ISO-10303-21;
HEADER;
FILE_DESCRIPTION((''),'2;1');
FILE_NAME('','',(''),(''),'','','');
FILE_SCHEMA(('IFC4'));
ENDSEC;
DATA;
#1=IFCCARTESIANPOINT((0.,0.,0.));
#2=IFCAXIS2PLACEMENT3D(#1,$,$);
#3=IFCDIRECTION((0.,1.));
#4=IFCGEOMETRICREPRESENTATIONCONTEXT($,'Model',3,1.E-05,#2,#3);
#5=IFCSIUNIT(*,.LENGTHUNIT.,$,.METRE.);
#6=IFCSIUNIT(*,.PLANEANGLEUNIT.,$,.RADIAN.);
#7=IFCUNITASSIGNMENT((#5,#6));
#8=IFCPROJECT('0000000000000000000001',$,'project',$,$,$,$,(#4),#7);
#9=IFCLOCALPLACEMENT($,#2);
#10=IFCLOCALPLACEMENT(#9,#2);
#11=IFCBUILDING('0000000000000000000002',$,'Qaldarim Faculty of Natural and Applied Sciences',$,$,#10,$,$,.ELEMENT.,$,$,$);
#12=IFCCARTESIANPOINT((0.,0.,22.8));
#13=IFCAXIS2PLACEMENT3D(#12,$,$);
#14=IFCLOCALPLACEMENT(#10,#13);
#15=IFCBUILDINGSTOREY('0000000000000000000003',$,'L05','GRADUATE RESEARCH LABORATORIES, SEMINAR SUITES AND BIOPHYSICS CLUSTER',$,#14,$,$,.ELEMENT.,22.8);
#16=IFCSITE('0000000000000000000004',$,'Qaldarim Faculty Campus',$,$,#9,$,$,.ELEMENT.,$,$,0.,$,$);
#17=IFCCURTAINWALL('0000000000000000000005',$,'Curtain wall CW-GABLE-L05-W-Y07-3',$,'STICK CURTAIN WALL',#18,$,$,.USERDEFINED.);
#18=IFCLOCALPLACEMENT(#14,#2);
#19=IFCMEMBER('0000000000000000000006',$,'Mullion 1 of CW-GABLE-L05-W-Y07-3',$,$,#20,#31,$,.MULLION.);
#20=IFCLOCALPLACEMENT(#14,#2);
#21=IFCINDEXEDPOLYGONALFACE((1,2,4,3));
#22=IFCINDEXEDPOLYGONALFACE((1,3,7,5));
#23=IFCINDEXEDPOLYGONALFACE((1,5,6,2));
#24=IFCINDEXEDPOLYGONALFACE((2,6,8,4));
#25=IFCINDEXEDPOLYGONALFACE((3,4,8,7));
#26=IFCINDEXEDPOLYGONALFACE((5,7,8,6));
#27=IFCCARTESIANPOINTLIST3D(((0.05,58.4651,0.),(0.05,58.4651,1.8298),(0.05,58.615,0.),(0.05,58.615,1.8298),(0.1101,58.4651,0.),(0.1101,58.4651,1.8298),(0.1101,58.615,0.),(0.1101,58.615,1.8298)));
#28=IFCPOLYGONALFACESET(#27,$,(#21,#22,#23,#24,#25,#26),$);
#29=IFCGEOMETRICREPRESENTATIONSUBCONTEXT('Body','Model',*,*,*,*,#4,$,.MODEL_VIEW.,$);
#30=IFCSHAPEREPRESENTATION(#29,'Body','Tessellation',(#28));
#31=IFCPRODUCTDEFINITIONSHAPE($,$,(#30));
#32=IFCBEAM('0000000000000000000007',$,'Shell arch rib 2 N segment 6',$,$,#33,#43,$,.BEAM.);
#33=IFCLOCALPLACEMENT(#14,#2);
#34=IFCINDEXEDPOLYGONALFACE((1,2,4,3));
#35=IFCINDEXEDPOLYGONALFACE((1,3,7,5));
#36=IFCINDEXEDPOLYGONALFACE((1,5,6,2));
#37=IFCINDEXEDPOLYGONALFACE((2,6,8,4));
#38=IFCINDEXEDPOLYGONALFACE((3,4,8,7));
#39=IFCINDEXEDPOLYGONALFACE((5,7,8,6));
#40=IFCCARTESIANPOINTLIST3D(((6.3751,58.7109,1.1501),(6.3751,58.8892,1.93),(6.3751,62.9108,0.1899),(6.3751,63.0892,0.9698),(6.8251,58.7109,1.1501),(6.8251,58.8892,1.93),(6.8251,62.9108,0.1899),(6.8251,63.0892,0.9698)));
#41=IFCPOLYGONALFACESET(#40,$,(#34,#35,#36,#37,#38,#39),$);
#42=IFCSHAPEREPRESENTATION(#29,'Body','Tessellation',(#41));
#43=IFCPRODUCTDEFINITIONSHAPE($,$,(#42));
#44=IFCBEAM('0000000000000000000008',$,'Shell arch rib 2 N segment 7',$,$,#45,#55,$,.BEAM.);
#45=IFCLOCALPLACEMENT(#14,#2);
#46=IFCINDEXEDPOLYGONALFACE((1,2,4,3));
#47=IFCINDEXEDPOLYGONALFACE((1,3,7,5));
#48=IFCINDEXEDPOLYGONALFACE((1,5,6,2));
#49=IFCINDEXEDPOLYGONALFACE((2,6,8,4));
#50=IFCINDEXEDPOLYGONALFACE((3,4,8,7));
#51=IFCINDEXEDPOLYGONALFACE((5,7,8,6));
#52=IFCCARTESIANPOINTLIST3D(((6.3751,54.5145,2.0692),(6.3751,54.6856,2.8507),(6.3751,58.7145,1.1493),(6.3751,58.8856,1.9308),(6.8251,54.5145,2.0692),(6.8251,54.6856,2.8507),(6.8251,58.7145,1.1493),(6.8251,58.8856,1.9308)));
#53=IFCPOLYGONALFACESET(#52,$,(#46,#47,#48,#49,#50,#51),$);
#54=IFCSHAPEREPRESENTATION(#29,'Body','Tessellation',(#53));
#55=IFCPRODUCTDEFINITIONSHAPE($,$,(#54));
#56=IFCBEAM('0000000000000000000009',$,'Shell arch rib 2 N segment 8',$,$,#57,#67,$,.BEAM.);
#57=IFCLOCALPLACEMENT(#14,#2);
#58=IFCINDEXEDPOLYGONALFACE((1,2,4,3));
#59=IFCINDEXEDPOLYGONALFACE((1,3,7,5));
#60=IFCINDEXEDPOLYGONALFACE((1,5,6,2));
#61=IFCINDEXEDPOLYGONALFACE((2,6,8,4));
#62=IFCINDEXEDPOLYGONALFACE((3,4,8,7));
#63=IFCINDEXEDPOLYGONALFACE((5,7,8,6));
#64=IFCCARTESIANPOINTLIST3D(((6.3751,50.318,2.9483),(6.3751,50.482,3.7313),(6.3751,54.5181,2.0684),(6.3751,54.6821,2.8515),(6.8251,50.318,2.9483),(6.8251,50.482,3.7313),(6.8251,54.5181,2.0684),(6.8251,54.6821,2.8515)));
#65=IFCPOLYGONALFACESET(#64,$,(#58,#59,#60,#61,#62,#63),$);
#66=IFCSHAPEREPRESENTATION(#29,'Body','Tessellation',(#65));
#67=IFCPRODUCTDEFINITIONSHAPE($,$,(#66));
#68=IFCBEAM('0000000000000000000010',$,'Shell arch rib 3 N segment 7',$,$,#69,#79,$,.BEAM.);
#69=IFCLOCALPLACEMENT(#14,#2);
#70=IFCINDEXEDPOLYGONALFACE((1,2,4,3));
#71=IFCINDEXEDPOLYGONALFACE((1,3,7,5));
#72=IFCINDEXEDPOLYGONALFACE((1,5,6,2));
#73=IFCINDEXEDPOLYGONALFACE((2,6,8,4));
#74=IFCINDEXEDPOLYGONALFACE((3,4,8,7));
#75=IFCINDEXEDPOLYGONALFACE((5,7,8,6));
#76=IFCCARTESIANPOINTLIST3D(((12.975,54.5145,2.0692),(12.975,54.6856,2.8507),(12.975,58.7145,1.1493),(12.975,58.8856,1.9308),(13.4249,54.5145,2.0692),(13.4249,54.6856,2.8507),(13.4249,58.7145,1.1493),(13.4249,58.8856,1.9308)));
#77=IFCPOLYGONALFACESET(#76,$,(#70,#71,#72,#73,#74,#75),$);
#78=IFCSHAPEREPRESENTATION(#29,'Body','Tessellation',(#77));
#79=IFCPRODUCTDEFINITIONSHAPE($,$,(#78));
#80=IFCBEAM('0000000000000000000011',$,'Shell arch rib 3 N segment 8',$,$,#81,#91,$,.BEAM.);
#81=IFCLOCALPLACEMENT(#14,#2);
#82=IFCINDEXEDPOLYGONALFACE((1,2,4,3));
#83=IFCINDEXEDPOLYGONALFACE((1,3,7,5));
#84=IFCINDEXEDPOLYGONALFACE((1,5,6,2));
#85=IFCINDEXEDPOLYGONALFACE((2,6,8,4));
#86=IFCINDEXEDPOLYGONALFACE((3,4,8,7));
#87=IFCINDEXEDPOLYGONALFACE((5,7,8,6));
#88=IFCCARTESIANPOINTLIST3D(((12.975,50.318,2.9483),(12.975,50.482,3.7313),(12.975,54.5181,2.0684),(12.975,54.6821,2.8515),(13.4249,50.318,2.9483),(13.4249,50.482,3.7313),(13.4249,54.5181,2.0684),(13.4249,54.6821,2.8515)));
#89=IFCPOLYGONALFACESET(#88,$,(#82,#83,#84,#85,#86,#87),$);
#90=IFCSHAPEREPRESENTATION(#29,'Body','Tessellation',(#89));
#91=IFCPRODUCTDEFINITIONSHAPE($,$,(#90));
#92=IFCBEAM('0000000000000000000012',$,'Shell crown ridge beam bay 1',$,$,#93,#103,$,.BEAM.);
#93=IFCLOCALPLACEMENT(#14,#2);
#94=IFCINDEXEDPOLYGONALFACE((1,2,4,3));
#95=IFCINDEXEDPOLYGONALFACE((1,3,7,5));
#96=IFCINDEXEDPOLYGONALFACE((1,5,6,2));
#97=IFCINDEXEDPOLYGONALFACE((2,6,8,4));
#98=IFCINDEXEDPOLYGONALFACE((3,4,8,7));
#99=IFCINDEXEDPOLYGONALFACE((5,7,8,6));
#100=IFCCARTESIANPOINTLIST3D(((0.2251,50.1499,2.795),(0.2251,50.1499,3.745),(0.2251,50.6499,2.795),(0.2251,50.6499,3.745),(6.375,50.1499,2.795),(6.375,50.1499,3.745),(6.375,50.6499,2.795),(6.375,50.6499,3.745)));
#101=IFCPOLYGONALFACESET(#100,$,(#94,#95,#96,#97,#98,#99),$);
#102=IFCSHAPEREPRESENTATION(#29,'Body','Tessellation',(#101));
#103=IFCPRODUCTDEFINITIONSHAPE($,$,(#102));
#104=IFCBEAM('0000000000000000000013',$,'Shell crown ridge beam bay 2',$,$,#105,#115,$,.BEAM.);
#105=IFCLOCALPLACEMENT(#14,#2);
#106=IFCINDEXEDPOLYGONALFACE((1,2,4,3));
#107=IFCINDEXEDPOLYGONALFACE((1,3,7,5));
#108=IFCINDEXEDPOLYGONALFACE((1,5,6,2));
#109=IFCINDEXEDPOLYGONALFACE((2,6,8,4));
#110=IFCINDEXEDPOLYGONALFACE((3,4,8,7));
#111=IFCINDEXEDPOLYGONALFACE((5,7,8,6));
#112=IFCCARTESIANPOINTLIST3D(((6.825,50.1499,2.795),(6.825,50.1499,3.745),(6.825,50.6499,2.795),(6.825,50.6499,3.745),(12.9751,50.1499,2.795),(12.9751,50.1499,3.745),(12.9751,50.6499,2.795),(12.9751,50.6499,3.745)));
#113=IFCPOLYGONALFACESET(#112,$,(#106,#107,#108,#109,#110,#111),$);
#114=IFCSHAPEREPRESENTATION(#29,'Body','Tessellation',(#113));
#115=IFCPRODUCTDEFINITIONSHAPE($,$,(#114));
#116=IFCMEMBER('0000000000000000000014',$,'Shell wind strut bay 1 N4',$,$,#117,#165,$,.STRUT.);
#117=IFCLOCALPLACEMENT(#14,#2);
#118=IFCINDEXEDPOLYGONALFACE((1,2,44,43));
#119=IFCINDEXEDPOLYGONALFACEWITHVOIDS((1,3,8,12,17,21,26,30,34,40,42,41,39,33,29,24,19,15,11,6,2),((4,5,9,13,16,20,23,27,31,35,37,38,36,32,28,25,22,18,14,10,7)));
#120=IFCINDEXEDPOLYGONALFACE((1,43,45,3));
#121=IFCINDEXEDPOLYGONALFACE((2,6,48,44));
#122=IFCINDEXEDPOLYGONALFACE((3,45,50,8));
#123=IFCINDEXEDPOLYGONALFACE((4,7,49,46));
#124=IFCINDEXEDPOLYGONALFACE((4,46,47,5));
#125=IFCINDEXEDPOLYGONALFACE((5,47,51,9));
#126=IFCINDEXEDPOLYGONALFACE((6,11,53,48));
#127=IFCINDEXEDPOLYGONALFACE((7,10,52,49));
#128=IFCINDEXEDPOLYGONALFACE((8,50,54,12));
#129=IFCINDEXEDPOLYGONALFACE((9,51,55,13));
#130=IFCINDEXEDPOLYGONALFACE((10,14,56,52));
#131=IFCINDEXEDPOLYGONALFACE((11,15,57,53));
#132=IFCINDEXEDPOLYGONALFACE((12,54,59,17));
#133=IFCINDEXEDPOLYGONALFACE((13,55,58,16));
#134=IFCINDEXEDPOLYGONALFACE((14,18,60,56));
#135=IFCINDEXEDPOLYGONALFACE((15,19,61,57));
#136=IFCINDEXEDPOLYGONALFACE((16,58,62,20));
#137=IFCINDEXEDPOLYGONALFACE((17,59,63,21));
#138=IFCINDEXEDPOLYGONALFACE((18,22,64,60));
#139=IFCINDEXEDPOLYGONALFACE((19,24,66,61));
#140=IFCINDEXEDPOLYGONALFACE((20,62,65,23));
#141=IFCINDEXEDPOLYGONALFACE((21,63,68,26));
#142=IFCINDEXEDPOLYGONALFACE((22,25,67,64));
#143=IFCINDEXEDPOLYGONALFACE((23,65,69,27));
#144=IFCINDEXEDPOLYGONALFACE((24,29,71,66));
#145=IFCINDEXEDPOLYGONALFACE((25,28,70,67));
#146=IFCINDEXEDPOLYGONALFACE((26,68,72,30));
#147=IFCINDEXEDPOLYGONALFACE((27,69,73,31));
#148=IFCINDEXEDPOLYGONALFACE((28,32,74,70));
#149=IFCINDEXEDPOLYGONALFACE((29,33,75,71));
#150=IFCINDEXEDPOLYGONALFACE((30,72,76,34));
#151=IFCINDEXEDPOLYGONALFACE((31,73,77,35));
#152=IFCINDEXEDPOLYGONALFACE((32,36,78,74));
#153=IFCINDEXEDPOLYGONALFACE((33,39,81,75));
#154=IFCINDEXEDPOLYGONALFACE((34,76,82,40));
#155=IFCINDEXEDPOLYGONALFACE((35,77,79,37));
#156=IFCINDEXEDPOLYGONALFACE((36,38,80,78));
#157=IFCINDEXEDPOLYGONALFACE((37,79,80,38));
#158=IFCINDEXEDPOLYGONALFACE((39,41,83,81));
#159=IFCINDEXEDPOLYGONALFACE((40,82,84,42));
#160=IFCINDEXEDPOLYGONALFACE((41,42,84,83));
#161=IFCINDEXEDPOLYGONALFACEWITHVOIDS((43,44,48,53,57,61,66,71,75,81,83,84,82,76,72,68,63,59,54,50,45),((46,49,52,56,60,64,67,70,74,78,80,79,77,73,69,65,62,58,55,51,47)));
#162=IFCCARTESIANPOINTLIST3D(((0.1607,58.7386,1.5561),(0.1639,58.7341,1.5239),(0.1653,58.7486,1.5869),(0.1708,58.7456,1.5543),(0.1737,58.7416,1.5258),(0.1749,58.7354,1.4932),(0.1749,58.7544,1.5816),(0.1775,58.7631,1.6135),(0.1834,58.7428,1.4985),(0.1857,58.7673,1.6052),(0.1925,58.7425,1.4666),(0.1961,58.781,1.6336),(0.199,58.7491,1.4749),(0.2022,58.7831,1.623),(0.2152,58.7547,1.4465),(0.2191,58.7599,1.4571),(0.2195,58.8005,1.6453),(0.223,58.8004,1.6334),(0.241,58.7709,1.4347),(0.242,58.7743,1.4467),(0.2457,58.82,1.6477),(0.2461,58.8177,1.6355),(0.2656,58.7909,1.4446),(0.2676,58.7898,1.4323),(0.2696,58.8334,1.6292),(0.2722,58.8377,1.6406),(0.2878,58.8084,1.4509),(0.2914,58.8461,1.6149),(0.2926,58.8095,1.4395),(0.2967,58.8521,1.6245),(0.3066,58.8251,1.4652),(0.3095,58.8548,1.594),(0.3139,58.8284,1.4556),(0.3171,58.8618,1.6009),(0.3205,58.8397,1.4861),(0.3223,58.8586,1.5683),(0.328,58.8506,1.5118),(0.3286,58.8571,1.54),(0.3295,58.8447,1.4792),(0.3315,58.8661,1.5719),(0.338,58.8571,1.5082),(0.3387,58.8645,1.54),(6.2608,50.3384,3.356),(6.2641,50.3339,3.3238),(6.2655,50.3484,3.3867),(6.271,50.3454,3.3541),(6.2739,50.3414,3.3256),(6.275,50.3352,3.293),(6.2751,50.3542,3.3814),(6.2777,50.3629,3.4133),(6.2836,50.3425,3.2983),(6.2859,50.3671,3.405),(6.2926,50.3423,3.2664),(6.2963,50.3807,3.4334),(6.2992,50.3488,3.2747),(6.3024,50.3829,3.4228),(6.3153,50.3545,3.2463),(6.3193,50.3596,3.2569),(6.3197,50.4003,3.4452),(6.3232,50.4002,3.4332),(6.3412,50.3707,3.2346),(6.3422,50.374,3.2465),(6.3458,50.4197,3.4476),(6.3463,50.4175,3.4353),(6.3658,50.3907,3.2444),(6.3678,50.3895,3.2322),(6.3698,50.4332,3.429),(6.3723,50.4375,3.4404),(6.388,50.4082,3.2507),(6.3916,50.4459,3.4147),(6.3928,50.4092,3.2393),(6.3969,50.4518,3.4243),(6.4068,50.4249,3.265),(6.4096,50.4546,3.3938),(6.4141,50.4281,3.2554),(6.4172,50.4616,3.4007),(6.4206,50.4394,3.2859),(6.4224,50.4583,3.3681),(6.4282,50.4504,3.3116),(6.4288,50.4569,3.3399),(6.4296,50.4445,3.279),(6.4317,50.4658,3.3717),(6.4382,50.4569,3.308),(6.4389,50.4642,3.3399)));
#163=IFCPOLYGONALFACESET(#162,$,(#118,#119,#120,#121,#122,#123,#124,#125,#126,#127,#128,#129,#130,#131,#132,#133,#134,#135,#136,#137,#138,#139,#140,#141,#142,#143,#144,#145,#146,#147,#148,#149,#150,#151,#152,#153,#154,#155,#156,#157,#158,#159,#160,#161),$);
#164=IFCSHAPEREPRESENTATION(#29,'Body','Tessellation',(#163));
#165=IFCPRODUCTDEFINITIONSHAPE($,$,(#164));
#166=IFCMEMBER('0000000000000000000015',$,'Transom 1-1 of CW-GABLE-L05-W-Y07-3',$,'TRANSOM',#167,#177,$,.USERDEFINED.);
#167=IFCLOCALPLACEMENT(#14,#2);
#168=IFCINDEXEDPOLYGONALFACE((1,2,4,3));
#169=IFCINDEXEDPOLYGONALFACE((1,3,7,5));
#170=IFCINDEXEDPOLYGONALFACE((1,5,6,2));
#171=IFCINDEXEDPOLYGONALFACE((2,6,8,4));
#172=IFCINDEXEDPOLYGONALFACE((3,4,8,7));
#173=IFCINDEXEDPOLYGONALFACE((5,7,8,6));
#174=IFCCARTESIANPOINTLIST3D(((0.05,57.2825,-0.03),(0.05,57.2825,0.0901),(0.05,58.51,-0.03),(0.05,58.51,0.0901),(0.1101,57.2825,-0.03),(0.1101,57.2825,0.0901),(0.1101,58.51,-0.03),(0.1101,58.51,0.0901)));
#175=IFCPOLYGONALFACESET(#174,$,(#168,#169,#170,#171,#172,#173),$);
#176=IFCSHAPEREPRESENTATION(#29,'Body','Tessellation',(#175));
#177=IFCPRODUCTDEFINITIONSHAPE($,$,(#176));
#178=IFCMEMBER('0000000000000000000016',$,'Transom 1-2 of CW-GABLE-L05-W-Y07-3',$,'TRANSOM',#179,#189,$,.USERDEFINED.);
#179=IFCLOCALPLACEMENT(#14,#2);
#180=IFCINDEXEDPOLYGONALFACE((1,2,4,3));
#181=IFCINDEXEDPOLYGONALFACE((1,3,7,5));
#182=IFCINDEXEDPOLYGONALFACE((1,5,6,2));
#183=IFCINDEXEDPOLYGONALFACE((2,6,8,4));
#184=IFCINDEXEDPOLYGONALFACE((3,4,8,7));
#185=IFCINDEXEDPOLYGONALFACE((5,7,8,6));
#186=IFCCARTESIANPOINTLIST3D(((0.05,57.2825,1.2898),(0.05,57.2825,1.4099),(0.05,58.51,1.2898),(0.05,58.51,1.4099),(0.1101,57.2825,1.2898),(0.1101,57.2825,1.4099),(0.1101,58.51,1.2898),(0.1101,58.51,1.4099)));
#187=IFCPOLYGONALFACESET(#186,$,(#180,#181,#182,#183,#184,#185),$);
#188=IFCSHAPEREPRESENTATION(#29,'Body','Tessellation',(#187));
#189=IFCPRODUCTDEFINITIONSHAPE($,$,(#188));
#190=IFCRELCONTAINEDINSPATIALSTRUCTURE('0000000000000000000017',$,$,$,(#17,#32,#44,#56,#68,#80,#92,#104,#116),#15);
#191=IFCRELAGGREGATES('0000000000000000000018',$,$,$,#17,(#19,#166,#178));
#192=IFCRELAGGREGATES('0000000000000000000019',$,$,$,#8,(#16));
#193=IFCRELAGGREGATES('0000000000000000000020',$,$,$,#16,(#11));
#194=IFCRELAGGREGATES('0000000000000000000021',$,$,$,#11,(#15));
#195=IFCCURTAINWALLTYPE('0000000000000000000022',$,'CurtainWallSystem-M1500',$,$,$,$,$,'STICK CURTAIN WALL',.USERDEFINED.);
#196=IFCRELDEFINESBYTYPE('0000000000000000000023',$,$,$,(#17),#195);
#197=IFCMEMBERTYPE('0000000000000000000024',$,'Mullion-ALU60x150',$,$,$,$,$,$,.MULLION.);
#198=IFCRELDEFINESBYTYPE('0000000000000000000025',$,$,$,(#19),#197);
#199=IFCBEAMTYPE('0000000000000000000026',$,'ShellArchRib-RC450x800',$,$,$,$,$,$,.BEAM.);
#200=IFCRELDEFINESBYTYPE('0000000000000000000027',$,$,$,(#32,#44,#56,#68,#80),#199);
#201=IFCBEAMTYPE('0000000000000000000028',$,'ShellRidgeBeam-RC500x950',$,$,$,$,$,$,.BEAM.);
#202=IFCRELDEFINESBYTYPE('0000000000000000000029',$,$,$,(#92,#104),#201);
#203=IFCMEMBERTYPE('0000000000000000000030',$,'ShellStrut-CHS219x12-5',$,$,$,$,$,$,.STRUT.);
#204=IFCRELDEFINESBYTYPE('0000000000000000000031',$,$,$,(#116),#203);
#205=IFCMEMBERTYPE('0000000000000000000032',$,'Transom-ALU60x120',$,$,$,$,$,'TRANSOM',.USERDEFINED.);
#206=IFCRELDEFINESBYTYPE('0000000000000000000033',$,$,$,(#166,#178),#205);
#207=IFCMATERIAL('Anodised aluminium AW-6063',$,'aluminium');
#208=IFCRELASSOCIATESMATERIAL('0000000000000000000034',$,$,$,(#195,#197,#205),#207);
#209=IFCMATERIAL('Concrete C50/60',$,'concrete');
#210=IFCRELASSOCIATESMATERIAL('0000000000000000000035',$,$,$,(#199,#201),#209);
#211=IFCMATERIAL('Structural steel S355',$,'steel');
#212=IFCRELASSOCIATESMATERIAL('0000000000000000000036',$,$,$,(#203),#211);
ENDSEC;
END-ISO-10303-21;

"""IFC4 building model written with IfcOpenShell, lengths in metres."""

from ifc_helpers import new_model, si_unit, direction, frame, origin, origin_2d, place, context, subcontext, project, spatial, rectangle, hollow_circle, extrude, material, material_profile, profile_set, type_object, element, aggregate, save


model = new_model("IFC4")

# Units and contexts
model_context = context("Model", 3, precision=1e-05, world=origin(), true_north=direction((0.0, 1.0)))
body_context = subcontext(model_context, "Body", "Model", "MODEL_VIEW")
ifc_project = project(units=[si_unit("LENGTHUNIT", "METRE"), si_unit("PLANEANGLEUNIT", "RADIAN")], contexts=[model_context])

# Site, building, storey
site_placement = place(None, origin())
site = spatial("IfcSite", under=ifc_project, at=site_placement, Name="Qaldarim Faculty Campus", CompositionType="ELEMENT", RefElevation=0.0)
building_placement = place(site_placement, origin())
building = spatial("IfcBuilding", under=site, at=building_placement, Name="Qaldarim Faculty of Natural and Applied Sciences", CompositionType="ELEMENT")
storey_placement = place(building_placement, frame((0.0, 0.0, 22.8)))
storey = spatial("IfcBuildingStorey", under=building, at=storey_placement, Name="L05", Description="GRADUATE RESEARCH LABORATORIES, SEMINAR SUITES AND BIOPHYSICS CLUSTER", CompositionType="ELEMENT", Elevation=22.8)

# Curtain wall, member
ifc_material_1 = material(Name="Anodised aluminium AW-6063", Category="aluminium")
curtain_wall_type = type_object("IfcCurtainWallType", Name="CurtainWallSystem-M1500", ElementType="STICK CURTAIN WALL", PredefinedType="USERDEFINED", material=ifc_material_1)
curtain_wall_placement = place(storey_placement, origin())
curtain_wall = element("IfcCurtainWall", 1, at=curtain_wall_placement, inside=storey, type_object=curtain_wall_type, Name="Curtain wall CW-GABLE-L05-W-Y07-3", ObjectType="STICK CURTAIN WALL", PredefinedType="USERDEFINED")
ifc_material_profile_1 = material_profile(ifc_material_1, rectangle(XDim=0.0601, YDim=0.1499, at=origin_2d()), Name="ALU-M60x150")
ifc_profile_set_1 = profile_set([ifc_material_profile_1], Name="Anodised aluminium AW-6063")
member_type_1 = type_object("IfcMemberType", Name="Mullion-ALU60x150", PredefinedType="MULLION", material=ifc_profile_set_1)
member_1_placement = place(storey_placement, frame((0.0801, 58.54, 0.0), z_axis=(0.0, 0.0, 1.0), x_axis=(1.0, 0.0, 0.0)))
member_1 = element("IfcMember", 2, at=member_1_placement, type_object=member_type_1, Name="Mullion 1 of CW-GABLE-L05-W-Y07-3", PredefinedType="MULLION", context=body_context, shape_type="SweptSolid", body=[
    extrude(rectangle(XDim=0.0601, YDim=0.1499, at=origin_2d()), origin(), (0.0, 0.0, 1.0), 1.8298),
])

# Beams
ifc_material_2 = material(Name="Concrete C50/60", Category="concrete")
ifc_material_profile_2 = material_profile(ifc_material_2, rectangle(XDim=0.45, YDim=0.8, at=origin_2d()), Name="RC-RIB450x800")
ifc_profile_set_2 = profile_set([ifc_material_profile_2], Name="Concrete C50/60")
beam_type_1 = type_object("IfcBeamType", Name="ShellArchRib-RC450x800", PredefinedType="BEAM", material=ifc_profile_set_2)
beam_1_placement = place(storey_placement, frame((6.6001, 63.0, 0.5798), z_axis=(0.0, -0.974848, 0.222873), x_axis=(1.0, 0.0, 0.0)))
element("IfcBeam", 3, at=beam_1_placement, inside=storey, type_object=beam_type_1, Name="Shell arch rib 2 N segment 6", PredefinedType="BEAM", context=body_context, shape_type="SweptSolid", body=[
    extrude(rectangle(XDim=0.45, YDim=0.8, at=origin_2d()), origin(), (0.0, 0.0, 1.0), 4.3083),
])
beam_2_placement = place(storey_placement, frame((6.6001, 58.8, 1.54), z_axis=(0.0, -0.976843, 0.213959), x_axis=(1.0, 0.0, 0.0)))
element("IfcBeam", 4, at=beam_2_placement, inside=storey, type_object=beam_type_1, Name="Shell arch rib 2 N segment 7", PredefinedType="BEAM", context=body_context, shape_type="SweptSolid", body=[
    extrude(rectangle(XDim=0.45, YDim=0.8, at=origin_2d()), origin(), (0.0, 0.0, 1.0), 4.2996),
])
beam_3_placement = place(storey_placement, frame((6.6001, 54.6001, 2.46), z_axis=(0.0, -0.978755, 0.205036), x_axis=(1.0, 0.0, 0.0)))
element("IfcBeam", 5, at=beam_3_placement, inside=storey, type_object=beam_type_1, Name="Shell arch rib 2 N segment 8", PredefinedType="BEAM", context=body_context, shape_type="SweptSolid", body=[
    extrude(rectangle(XDim=0.45, YDim=0.8, at=origin_2d()), origin(), (0.0, 0.0, 1.0), 4.2913),
])
beam_4_placement = place(storey_placement, frame((13.2, 58.8, 1.54), z_axis=(0.0, -0.976843, 0.213959), x_axis=(1.0, 0.0, 0.0)))
element("IfcBeam", 6, at=beam_4_placement, inside=storey, type_object=beam_type_1, Name="Shell arch rib 3 N segment 7", PredefinedType="BEAM", context=body_context, shape_type="SweptSolid", body=[
    extrude(rectangle(XDim=0.45, YDim=0.8, at=origin_2d()), origin(), (0.0, 0.0, 1.0), 4.2996),
])
beam_5_placement = place(storey_placement, frame((13.2, 54.6001, 2.46), z_axis=(0.0, -0.978755, 0.205036), x_axis=(1.0, 0.0, 0.0)))
element("IfcBeam", 7, at=beam_5_placement, inside=storey, type_object=beam_type_1, Name="Shell arch rib 3 N segment 8", PredefinedType="BEAM", context=body_context, shape_type="SweptSolid", body=[
    extrude(rectangle(XDim=0.45, YDim=0.8, at=origin_2d()), origin(), (0.0, 0.0, 1.0), 4.2913),
])
ifc_material_profile_3 = material_profile(ifc_material_2, rectangle(XDim=0.5, YDim=0.95, at=origin_2d()), Name="RC-EB500x950")
ifc_profile_set_3 = profile_set([ifc_material_profile_3], Name="Concrete C50/60")
beam_type_2 = type_object("IfcBeamType", Name="ShellRidgeBeam-RC500x950", PredefinedType="BEAM", material=ifc_profile_set_3)
beam_6_placement = place(storey_placement, frame((0.2251, 50.3999, 3.27), z_axis=(1.0, 0.0, 0.0), x_axis=(0.0, 1.0, 0.0)))
element("IfcBeam", 8, at=beam_6_placement, inside=storey, type_object=beam_type_2, Name="Shell crown ridge beam bay 1", PredefinedType="BEAM", context=body_context, shape_type="SweptSolid", body=[
    extrude(rectangle(XDim=0.5, YDim=0.95, at=origin_2d()), origin(), (0.0, 0.0, 1.0), 6.1499),
])
beam_7_placement = place(storey_placement, frame((6.825, 50.3999, 3.27), z_axis=(1.0, 0.0, 0.0), x_axis=(0.0, 1.0, 0.0)))
element("IfcBeam", 9, at=beam_7_placement, inside=storey, type_object=beam_type_2, Name="Shell crown ridge beam bay 2", PredefinedType="BEAM", context=body_context, shape_type="SweptSolid", body=[
    extrude(rectangle(XDim=0.5, YDim=0.95, at=origin_2d()), origin(), (0.0, 0.0, 1.0), 6.1501),
])

# Members
ifc_material_3 = material(Name="Structural steel S355", Category="steel")
ifc_material_profile_4 = material_profile(ifc_material_3, hollow_circle(Radius=0.1096, WallThickness=0.0125, at=origin_2d()), Name="CHS 219.1x12.5")
ifc_profile_set_4 = profile_set([ifc_material_profile_4], Name="Structural steel S355")
member_type_2 = type_object("IfcMemberType", Name="ShellStrut-CHS219x12-5", PredefinedType="STRUT", material=ifc_profile_set_4)
member_2_placement = place(storey_placement, frame((0.25, 58.8, 1.54), z_axis=(0.578962, -0.79726, 0.17082), x_axis=(0.809153, 0.587598, 0.0)))
element("IfcMember", 10, at=member_2_placement, inside=storey, type_object=member_type_2, Name="Shell wind strut bay 1 N4", PredefinedType="STRUT", context=body_context, shape_type="SweptSolid", body=[
    extrude(hollow_circle(Radius=0.1096, WallThickness=0.0125, at=origin_2d()), origin(), (0.0, 0.0, 1.0), 10.5364),
])
ifc_material_profile_5 = material_profile(ifc_material_1, rectangle(XDim=0.0601, YDim=0.1201, at=origin_2d()), Name="ALU-T60x120")
ifc_profile_set_5 = profile_set([ifc_material_profile_5], Name="Anodised aluminium AW-6063")
member_type_3 = type_object("IfcMemberType", Name="Transom-ALU60x120", ElementType="TRANSOM", PredefinedType="USERDEFINED", material=ifc_profile_set_5)
member_3_placement = place(storey_placement, frame((0.0801, 58.51, 0.03), z_axis=(0.0, -1.0, 0.0), x_axis=(1.0, 0.0, 0.0)))
member_3 = element("IfcMember", 11, at=member_3_placement, type_object=member_type_3, Name="Transom 1-1 of CW-GABLE-L05-W-Y07-3", ObjectType="TRANSOM", PredefinedType="USERDEFINED", context=body_context, shape_type="SweptSolid", body=[
    extrude(rectangle(XDim=0.0601, YDim=0.1201, at=origin_2d()), origin(), (0.0, 0.0, 1.0), 1.2275),
])
member_4_placement = place(storey_placement, frame((0.0801, 58.51, 1.3499), z_axis=(0.0, -1.0, 0.0), x_axis=(1.0, 0.0, 0.0)))
member_4 = element("IfcMember", 12, at=member_4_placement, type_object=member_type_3, Name="Transom 1-2 of CW-GABLE-L05-W-Y07-3", ObjectType="TRANSOM", PredefinedType="USERDEFINED", context=body_context, shape_type="SweptSolid", body=[
    extrude(rectangle(XDim=0.0601, YDim=0.1201, at=origin_2d()), origin(), (0.0, 0.0, 1.0), 1.2275),
])
aggregate(curtain_wall, [member_1, member_3, member_4])

save(model, "model.ifc")
